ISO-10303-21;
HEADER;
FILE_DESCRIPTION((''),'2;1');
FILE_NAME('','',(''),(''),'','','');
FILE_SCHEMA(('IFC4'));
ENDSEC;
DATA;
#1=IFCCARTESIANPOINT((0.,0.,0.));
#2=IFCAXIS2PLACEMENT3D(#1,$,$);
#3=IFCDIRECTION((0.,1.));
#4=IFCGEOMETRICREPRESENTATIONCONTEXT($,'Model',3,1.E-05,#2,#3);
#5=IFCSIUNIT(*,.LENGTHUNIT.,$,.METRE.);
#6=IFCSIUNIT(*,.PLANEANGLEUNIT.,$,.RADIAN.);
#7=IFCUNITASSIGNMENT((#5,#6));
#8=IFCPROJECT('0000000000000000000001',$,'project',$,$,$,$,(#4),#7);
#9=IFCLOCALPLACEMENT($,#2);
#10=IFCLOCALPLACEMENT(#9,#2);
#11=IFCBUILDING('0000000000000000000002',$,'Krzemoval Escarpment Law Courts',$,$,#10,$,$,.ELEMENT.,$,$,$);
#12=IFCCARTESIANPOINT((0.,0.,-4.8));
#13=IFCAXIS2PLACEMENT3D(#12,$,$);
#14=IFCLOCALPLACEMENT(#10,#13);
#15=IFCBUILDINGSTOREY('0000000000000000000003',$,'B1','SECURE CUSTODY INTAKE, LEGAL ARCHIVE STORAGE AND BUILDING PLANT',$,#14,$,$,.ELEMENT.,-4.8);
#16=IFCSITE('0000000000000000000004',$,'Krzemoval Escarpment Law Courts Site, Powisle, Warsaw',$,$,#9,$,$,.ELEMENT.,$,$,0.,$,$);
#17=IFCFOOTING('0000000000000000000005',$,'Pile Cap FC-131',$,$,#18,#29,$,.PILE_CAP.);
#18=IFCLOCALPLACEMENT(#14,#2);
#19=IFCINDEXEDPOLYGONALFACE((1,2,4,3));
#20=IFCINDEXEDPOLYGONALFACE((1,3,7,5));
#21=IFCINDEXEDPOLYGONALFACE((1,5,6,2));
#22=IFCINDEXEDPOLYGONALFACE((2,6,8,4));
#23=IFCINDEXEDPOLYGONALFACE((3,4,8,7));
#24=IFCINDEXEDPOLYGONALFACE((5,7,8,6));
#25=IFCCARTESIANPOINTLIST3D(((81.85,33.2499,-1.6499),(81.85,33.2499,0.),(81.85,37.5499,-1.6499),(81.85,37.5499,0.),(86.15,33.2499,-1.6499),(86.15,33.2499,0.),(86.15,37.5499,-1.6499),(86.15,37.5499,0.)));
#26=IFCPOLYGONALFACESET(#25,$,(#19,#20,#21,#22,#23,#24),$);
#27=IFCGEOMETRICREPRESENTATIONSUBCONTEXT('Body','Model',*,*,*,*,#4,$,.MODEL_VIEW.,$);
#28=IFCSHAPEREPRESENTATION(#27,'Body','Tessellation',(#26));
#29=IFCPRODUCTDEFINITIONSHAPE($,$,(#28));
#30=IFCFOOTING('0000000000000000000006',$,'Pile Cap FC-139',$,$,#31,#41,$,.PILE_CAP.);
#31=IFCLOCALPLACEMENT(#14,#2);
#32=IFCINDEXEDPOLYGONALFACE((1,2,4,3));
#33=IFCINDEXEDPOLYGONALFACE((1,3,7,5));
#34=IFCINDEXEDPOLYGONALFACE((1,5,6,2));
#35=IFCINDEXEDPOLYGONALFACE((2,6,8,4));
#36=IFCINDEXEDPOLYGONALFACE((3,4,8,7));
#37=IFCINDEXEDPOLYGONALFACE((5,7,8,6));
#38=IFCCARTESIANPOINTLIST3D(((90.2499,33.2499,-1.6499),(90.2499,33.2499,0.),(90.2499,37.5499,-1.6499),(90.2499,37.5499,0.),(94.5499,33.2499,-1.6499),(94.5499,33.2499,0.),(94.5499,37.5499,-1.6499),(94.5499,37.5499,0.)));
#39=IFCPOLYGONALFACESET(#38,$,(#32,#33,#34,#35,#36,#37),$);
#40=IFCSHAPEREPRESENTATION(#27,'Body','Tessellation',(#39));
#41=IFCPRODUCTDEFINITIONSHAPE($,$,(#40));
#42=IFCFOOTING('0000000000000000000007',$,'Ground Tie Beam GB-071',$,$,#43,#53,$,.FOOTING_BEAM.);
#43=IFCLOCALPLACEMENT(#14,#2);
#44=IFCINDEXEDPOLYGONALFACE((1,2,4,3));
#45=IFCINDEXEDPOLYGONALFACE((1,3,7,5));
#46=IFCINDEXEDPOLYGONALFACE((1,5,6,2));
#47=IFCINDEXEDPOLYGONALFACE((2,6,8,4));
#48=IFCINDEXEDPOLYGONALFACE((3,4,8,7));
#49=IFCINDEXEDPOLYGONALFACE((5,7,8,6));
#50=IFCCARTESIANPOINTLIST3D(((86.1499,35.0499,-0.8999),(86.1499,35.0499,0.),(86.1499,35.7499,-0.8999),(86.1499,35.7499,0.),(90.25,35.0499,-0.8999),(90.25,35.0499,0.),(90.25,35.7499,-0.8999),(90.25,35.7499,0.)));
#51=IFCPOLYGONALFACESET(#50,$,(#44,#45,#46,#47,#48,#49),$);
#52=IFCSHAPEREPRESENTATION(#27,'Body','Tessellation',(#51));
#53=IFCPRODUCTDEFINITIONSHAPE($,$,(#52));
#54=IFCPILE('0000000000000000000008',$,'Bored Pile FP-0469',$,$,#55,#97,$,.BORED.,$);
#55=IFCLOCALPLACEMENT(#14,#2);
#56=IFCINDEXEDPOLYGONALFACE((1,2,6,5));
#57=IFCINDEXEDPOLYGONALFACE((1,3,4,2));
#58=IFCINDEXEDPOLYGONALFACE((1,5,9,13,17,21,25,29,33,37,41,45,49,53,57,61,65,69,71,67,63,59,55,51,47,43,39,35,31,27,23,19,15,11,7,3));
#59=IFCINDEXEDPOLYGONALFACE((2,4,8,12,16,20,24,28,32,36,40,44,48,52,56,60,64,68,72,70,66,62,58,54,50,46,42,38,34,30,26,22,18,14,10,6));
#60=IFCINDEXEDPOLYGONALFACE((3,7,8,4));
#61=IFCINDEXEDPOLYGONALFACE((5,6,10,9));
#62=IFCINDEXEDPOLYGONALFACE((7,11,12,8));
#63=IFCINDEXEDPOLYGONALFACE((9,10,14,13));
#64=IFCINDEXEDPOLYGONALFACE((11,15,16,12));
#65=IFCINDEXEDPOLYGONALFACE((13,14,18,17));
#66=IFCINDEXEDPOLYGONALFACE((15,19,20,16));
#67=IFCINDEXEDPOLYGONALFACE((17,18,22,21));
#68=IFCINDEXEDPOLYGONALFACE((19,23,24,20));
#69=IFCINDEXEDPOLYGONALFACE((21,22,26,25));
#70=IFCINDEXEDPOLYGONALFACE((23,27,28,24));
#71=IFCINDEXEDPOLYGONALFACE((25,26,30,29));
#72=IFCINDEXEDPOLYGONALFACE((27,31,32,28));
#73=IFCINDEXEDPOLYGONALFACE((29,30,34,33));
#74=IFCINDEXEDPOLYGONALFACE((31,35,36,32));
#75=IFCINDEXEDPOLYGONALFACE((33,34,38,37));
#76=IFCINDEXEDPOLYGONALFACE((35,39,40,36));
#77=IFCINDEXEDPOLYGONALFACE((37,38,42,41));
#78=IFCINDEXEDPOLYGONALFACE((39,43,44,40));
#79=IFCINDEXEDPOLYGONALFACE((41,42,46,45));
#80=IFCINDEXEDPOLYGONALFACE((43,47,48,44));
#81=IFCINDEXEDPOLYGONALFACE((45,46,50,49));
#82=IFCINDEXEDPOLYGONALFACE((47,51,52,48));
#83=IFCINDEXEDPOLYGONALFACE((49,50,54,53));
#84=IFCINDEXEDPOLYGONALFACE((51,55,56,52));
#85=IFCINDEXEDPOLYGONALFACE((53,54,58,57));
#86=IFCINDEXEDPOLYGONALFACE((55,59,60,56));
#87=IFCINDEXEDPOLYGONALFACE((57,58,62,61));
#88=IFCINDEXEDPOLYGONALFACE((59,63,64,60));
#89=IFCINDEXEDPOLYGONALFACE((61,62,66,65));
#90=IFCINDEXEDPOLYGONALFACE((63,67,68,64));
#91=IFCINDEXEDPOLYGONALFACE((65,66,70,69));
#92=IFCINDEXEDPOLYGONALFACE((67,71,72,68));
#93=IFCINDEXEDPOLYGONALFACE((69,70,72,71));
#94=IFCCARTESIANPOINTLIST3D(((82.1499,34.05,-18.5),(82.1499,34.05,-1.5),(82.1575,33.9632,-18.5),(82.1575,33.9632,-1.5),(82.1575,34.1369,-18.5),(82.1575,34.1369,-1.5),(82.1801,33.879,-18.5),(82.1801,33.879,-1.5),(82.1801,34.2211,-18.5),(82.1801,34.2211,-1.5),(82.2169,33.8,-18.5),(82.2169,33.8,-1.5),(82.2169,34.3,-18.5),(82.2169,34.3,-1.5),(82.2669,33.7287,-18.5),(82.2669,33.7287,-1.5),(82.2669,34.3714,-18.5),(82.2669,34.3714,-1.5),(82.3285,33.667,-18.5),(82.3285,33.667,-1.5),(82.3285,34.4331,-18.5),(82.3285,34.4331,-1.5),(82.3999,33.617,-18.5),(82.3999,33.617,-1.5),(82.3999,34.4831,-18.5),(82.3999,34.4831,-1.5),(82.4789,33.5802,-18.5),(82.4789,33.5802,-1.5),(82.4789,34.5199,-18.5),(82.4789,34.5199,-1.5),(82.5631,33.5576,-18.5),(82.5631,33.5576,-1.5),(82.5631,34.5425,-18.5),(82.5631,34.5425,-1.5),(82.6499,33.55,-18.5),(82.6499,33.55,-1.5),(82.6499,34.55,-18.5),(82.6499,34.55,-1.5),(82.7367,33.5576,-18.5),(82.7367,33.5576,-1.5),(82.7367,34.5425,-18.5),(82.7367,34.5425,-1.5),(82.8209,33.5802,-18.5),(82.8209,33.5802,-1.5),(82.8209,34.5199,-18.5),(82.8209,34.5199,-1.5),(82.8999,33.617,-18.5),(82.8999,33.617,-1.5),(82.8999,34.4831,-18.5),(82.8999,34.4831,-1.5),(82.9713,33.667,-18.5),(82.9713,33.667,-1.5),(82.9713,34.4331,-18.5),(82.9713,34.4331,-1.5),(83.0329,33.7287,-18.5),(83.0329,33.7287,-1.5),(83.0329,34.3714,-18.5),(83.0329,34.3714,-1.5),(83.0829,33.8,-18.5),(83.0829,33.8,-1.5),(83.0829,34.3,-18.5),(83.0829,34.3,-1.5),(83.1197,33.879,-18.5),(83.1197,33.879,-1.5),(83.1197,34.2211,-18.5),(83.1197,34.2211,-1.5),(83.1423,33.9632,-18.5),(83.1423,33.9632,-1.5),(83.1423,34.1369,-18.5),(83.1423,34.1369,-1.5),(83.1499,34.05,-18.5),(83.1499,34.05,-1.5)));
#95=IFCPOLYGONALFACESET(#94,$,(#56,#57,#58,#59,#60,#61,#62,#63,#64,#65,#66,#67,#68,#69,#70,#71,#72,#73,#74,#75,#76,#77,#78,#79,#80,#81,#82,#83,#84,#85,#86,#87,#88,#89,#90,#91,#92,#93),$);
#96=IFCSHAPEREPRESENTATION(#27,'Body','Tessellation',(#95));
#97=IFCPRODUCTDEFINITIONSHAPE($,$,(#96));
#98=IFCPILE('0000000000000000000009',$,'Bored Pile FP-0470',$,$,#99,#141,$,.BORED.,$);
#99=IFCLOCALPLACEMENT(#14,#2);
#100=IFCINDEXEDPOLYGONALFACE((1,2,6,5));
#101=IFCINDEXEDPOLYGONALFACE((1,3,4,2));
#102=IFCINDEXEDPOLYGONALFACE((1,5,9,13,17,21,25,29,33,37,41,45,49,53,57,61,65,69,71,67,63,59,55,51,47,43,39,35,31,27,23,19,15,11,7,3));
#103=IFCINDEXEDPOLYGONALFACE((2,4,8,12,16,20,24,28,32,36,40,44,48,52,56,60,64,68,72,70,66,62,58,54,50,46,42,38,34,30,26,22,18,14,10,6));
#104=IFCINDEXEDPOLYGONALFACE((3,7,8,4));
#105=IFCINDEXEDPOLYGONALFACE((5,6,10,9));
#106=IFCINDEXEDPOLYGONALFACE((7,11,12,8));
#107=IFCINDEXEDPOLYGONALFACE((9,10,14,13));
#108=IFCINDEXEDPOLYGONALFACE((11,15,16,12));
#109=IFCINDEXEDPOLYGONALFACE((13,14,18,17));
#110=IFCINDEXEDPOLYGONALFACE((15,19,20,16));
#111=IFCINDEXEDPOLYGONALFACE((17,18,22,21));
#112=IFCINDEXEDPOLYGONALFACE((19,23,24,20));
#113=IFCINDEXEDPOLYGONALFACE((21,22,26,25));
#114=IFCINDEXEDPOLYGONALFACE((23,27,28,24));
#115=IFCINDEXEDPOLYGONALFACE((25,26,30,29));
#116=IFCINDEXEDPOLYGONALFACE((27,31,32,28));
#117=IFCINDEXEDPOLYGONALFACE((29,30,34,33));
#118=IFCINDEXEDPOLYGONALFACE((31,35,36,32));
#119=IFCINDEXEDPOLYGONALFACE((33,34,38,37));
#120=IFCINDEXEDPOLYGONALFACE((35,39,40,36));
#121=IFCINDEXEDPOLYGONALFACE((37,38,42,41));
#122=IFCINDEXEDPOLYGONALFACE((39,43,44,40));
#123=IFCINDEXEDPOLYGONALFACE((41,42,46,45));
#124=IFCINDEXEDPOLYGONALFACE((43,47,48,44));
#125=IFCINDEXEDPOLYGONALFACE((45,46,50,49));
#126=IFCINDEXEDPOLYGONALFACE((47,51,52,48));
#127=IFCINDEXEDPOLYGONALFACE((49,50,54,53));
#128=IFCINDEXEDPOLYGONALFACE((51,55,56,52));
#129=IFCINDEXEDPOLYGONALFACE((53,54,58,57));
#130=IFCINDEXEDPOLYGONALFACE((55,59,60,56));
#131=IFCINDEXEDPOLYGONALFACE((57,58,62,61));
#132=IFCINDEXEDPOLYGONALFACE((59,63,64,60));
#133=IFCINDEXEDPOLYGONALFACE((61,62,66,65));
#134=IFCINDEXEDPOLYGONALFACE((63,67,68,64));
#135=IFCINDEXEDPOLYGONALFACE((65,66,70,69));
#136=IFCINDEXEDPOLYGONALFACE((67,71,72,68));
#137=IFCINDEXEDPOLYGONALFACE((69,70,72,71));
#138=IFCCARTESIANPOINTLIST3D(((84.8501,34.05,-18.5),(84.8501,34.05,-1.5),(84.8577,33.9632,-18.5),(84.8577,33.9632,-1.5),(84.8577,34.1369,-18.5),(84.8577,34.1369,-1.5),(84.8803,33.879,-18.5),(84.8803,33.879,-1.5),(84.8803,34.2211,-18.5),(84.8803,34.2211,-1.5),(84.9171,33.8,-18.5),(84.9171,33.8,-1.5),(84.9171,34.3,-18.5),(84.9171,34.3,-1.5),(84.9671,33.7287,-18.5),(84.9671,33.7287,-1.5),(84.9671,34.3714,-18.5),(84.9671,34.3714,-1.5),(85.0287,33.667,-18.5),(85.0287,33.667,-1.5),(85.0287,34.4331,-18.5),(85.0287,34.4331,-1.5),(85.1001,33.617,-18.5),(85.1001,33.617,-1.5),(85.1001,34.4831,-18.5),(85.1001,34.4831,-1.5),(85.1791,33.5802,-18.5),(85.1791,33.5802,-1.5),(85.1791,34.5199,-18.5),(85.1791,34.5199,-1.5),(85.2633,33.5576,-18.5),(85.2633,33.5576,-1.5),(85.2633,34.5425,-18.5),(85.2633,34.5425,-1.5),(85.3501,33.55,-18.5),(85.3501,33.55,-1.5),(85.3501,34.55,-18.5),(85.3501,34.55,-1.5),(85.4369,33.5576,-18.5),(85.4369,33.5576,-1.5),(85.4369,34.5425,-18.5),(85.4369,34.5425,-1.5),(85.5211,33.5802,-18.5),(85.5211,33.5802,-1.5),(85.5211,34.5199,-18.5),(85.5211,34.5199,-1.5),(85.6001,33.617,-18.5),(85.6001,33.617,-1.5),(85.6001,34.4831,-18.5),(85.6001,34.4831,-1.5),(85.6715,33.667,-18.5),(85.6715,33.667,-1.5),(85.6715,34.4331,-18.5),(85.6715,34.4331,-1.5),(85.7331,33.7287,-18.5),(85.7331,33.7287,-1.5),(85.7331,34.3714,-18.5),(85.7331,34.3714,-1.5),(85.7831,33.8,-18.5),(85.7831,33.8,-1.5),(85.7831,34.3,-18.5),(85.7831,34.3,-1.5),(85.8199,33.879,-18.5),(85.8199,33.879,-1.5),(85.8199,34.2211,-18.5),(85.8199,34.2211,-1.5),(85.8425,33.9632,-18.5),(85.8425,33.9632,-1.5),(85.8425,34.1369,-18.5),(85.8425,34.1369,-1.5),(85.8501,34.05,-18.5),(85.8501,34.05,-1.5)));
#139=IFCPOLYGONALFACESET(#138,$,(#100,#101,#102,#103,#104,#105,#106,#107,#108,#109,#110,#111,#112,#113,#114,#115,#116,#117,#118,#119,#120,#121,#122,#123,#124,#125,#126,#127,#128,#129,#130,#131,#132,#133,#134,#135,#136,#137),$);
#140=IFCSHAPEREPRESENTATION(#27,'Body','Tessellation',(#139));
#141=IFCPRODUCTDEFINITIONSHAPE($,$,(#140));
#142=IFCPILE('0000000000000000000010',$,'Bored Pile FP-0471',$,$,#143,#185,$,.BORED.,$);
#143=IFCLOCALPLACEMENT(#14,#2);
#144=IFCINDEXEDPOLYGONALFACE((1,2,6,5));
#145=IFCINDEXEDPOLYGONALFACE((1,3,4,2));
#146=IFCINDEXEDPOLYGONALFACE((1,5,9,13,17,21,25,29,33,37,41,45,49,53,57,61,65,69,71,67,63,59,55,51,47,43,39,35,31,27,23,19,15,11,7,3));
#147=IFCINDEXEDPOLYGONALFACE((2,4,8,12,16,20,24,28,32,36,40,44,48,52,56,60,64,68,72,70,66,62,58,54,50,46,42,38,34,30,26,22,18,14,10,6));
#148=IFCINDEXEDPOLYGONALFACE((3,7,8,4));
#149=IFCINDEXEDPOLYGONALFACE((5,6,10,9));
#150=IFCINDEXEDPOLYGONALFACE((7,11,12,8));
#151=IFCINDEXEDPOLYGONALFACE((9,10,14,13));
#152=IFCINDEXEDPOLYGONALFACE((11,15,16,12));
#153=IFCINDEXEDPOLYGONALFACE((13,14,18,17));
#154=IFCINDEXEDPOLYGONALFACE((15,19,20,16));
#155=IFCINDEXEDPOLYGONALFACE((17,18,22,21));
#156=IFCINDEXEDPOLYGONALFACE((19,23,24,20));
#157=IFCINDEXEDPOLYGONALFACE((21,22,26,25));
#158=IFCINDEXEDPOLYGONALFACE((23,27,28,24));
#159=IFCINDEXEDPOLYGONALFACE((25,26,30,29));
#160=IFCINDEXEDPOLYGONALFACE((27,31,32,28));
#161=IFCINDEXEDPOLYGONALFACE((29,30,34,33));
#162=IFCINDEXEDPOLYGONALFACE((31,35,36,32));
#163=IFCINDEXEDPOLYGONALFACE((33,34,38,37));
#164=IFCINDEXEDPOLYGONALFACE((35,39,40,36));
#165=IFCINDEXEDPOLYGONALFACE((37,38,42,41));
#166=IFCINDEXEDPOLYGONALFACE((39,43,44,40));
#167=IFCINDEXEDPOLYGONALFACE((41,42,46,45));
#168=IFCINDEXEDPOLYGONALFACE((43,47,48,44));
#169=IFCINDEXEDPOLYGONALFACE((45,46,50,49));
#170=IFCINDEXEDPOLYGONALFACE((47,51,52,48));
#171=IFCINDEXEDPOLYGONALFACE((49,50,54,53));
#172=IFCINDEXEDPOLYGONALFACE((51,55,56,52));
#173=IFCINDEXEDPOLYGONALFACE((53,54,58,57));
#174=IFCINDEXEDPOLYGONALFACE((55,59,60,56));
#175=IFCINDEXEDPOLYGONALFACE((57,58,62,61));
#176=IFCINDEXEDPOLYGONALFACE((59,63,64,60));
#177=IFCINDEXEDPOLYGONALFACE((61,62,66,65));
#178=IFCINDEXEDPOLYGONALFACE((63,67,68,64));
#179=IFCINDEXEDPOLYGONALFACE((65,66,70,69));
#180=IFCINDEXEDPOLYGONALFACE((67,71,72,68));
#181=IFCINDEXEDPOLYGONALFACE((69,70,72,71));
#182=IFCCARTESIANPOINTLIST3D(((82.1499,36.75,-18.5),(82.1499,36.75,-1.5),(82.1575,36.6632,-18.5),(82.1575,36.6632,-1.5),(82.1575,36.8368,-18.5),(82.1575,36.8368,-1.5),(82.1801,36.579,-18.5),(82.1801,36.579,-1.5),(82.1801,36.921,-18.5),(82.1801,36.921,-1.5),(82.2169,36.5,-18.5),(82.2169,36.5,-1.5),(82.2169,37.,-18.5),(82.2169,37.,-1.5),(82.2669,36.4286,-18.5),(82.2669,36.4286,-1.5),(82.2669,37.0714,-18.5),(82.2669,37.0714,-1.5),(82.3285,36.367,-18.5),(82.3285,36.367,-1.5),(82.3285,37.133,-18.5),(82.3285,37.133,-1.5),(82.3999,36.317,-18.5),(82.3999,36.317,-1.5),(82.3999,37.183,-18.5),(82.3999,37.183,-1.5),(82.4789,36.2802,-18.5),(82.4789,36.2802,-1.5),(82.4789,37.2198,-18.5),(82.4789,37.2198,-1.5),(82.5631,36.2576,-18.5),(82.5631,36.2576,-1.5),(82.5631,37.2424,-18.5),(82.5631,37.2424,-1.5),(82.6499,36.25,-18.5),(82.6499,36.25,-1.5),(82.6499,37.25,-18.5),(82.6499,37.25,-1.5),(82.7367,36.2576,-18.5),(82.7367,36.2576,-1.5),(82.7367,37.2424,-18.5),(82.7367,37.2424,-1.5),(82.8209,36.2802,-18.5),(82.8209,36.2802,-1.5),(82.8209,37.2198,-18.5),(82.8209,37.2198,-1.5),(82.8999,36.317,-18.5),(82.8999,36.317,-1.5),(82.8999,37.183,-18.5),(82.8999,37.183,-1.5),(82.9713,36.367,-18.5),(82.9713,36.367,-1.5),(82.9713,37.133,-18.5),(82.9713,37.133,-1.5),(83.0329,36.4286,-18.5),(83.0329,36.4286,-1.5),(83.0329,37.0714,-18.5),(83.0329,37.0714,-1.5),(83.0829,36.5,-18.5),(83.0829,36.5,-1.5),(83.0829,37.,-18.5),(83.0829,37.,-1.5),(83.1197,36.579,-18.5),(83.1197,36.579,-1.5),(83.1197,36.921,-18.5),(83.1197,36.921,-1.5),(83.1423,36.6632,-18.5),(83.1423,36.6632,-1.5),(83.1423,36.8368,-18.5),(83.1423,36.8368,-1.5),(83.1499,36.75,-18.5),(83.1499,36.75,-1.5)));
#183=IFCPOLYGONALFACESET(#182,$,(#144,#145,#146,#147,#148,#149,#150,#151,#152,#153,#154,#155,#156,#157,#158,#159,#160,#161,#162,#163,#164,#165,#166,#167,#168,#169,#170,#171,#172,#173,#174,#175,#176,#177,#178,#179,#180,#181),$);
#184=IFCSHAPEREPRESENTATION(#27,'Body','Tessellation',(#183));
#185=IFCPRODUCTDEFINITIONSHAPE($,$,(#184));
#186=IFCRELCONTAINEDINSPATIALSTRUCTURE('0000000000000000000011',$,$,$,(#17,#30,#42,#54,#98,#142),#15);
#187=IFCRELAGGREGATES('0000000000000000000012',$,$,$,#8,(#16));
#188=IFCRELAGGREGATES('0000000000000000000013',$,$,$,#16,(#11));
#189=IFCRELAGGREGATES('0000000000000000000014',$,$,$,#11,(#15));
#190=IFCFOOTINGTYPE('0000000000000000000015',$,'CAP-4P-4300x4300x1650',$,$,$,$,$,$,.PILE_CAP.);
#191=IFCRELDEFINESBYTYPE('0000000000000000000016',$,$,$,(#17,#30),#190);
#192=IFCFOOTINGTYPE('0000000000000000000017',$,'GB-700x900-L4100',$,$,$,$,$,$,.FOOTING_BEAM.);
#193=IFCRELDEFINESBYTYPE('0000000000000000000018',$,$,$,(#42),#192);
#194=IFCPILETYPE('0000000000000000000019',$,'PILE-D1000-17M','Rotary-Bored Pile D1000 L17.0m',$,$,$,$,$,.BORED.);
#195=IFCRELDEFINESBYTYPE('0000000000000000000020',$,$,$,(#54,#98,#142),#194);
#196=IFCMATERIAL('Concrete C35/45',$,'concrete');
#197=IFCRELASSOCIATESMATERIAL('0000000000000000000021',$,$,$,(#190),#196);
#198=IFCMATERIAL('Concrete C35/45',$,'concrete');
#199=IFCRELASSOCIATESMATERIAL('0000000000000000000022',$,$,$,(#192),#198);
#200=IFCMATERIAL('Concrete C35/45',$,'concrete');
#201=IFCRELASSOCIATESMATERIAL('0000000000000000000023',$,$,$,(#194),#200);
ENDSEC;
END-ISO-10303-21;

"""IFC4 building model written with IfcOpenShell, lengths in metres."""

from ifc_helpers import new_model, si_unit, direction, frame, origin, origin_2d, place, context, subcontext, project, spatial, rectangle, circle, extrude, material, material_profile, profile_set, type_object, element, save


model = new_model("IFC4")

# Units and contexts
model_context = context("Model", 3, precision=1e-05, world=origin(), true_north=direction((0.0, 1.0)))
body_context = subcontext(model_context, "Body", "Model", "MODEL_VIEW")
ifc_project = project(units=[si_unit("LENGTHUNIT", "METRE"), si_unit("PLANEANGLEUNIT", "RADIAN")], contexts=[model_context])

# Site, building, storey
site_placement = place(None, origin())
site = spatial("IfcSite", under=ifc_project, at=site_placement, Name="Krzemoval Escarpment Law Courts Site, Powisle, Warsaw", CompositionType="ELEMENT", RefElevation=0.0)
building_placement = place(site_placement, origin())
building = spatial("IfcBuilding", under=site, at=building_placement, Name="Krzemoval Escarpment Law Courts", CompositionType="ELEMENT")
storey_placement = place(building_placement, frame((0.0, 0.0, -4.8)))
storey = spatial("IfcBuildingStorey", under=building, at=storey_placement, Name="B1", Description="SECURE CUSTODY INTAKE, LEGAL ARCHIVE STORAGE AND BUILDING PLANT", CompositionType="ELEMENT", Elevation=-4.8)

# Footings
ifc_material_1 = material(Name="Concrete C35/45", Category="concrete")
footing_type_1 = type_object("IfcFootingType", Name="CAP-4P-4300x4300x1650", PredefinedType="PILE_CAP", material=ifc_material_1)
for number, where, z_axis, x_axis, name in (
    (1, (84.0, 35.3999, -1.6499), (0.0, 0.0, 1.0), (1.0, 0.0, 0.0), "Pile Cap FC-131"),
    (2, (92.3999, 35.3999, -1.6499), (0.0, 0.0, 1.0), (1.0, 0.0, 0.0), "Pile Cap FC-139"),
):
    element("IfcFooting", number, at=place(storey_placement, frame(where, z_axis=z_axis, x_axis=x_axis)), inside=storey, type_object=footing_type_1, Name=name, PredefinedType="PILE_CAP", context=body_context, shape_type="SweptSolid", body=[
        extrude(rectangle(XDim=4.3, YDim=4.3, at=origin_2d()), origin(), (0.0, 0.0, 1.0), 1.6499),
    ])
ifc_material_2 = material(Name="Concrete C35/45", Category="concrete")
footing_type_2 = type_object("IfcFootingType", Name="GB-700x900-L4100", PredefinedType="FOOTING_BEAM", material=ifc_material_2)
footing_placement = place(storey_placement, frame((88.2, 35.3999, -0.8999), z_axis=(0.0, 0.0, 1.0), x_axis=(1.0, 0.0, 0.0)))
element("IfcFooting", 3, at=footing_placement, inside=storey, type_object=footing_type_2, Name="Ground Tie Beam GB-071", PredefinedType="FOOTING_BEAM", context=body_context, shape_type="SweptSolid", body=[
    extrude(rectangle(XDim=4.1001, YDim=0.7, at=origin_2d()), origin(), (0.0, 0.0, 1.0), 0.8999),
])

# Piles
ifc_material_3 = material(Name="Concrete C35/45", Category="concrete")
ifc_material_profile_1 = material_profile(ifc_material_3, circle(Radius=0.5, at=origin_2d()), Name="PILE D1000")
ifc_profile_set_1 = profile_set([ifc_material_profile_1], Name="Concrete C35/45")
pile_type = type_object("IfcPileType", Name="PILE-D1000-17M", Description="Rotary-Bored Pile D1000 L17.0m", PredefinedType="BORED", material=ifc_profile_set_1)
for number, where, z_axis, x_axis, name in (
    (4, (82.6499, 34.05, -1.5), (0.0, 0.0, -1.0), (1.0, 0.0, 0.0), "Bored Pile FP-0469"),
    (5, (85.3501, 34.05, -1.5), (0.0, 0.0, -1.0), (1.0, 0.0, 0.0), "Bored Pile FP-0470"),
    (6, (82.6499, 36.75, -1.5), (0.0, 0.0, -1.0), (1.0, 0.0, 0.0), "Bored Pile FP-0471"),
):
    element("IfcPile", number, at=place(storey_placement, frame(where, z_axis=z_axis, x_axis=x_axis)), inside=storey, type_object=pile_type, Name=name, PredefinedType="BORED", context=body_context, shape_type="SweptSolid", body=[
        extrude(circle(Radius=0.5, at=origin_2d()), origin(), (0.0, 0.0, 1.0), 17.0),
    ])

save(model, "model.ifc")
